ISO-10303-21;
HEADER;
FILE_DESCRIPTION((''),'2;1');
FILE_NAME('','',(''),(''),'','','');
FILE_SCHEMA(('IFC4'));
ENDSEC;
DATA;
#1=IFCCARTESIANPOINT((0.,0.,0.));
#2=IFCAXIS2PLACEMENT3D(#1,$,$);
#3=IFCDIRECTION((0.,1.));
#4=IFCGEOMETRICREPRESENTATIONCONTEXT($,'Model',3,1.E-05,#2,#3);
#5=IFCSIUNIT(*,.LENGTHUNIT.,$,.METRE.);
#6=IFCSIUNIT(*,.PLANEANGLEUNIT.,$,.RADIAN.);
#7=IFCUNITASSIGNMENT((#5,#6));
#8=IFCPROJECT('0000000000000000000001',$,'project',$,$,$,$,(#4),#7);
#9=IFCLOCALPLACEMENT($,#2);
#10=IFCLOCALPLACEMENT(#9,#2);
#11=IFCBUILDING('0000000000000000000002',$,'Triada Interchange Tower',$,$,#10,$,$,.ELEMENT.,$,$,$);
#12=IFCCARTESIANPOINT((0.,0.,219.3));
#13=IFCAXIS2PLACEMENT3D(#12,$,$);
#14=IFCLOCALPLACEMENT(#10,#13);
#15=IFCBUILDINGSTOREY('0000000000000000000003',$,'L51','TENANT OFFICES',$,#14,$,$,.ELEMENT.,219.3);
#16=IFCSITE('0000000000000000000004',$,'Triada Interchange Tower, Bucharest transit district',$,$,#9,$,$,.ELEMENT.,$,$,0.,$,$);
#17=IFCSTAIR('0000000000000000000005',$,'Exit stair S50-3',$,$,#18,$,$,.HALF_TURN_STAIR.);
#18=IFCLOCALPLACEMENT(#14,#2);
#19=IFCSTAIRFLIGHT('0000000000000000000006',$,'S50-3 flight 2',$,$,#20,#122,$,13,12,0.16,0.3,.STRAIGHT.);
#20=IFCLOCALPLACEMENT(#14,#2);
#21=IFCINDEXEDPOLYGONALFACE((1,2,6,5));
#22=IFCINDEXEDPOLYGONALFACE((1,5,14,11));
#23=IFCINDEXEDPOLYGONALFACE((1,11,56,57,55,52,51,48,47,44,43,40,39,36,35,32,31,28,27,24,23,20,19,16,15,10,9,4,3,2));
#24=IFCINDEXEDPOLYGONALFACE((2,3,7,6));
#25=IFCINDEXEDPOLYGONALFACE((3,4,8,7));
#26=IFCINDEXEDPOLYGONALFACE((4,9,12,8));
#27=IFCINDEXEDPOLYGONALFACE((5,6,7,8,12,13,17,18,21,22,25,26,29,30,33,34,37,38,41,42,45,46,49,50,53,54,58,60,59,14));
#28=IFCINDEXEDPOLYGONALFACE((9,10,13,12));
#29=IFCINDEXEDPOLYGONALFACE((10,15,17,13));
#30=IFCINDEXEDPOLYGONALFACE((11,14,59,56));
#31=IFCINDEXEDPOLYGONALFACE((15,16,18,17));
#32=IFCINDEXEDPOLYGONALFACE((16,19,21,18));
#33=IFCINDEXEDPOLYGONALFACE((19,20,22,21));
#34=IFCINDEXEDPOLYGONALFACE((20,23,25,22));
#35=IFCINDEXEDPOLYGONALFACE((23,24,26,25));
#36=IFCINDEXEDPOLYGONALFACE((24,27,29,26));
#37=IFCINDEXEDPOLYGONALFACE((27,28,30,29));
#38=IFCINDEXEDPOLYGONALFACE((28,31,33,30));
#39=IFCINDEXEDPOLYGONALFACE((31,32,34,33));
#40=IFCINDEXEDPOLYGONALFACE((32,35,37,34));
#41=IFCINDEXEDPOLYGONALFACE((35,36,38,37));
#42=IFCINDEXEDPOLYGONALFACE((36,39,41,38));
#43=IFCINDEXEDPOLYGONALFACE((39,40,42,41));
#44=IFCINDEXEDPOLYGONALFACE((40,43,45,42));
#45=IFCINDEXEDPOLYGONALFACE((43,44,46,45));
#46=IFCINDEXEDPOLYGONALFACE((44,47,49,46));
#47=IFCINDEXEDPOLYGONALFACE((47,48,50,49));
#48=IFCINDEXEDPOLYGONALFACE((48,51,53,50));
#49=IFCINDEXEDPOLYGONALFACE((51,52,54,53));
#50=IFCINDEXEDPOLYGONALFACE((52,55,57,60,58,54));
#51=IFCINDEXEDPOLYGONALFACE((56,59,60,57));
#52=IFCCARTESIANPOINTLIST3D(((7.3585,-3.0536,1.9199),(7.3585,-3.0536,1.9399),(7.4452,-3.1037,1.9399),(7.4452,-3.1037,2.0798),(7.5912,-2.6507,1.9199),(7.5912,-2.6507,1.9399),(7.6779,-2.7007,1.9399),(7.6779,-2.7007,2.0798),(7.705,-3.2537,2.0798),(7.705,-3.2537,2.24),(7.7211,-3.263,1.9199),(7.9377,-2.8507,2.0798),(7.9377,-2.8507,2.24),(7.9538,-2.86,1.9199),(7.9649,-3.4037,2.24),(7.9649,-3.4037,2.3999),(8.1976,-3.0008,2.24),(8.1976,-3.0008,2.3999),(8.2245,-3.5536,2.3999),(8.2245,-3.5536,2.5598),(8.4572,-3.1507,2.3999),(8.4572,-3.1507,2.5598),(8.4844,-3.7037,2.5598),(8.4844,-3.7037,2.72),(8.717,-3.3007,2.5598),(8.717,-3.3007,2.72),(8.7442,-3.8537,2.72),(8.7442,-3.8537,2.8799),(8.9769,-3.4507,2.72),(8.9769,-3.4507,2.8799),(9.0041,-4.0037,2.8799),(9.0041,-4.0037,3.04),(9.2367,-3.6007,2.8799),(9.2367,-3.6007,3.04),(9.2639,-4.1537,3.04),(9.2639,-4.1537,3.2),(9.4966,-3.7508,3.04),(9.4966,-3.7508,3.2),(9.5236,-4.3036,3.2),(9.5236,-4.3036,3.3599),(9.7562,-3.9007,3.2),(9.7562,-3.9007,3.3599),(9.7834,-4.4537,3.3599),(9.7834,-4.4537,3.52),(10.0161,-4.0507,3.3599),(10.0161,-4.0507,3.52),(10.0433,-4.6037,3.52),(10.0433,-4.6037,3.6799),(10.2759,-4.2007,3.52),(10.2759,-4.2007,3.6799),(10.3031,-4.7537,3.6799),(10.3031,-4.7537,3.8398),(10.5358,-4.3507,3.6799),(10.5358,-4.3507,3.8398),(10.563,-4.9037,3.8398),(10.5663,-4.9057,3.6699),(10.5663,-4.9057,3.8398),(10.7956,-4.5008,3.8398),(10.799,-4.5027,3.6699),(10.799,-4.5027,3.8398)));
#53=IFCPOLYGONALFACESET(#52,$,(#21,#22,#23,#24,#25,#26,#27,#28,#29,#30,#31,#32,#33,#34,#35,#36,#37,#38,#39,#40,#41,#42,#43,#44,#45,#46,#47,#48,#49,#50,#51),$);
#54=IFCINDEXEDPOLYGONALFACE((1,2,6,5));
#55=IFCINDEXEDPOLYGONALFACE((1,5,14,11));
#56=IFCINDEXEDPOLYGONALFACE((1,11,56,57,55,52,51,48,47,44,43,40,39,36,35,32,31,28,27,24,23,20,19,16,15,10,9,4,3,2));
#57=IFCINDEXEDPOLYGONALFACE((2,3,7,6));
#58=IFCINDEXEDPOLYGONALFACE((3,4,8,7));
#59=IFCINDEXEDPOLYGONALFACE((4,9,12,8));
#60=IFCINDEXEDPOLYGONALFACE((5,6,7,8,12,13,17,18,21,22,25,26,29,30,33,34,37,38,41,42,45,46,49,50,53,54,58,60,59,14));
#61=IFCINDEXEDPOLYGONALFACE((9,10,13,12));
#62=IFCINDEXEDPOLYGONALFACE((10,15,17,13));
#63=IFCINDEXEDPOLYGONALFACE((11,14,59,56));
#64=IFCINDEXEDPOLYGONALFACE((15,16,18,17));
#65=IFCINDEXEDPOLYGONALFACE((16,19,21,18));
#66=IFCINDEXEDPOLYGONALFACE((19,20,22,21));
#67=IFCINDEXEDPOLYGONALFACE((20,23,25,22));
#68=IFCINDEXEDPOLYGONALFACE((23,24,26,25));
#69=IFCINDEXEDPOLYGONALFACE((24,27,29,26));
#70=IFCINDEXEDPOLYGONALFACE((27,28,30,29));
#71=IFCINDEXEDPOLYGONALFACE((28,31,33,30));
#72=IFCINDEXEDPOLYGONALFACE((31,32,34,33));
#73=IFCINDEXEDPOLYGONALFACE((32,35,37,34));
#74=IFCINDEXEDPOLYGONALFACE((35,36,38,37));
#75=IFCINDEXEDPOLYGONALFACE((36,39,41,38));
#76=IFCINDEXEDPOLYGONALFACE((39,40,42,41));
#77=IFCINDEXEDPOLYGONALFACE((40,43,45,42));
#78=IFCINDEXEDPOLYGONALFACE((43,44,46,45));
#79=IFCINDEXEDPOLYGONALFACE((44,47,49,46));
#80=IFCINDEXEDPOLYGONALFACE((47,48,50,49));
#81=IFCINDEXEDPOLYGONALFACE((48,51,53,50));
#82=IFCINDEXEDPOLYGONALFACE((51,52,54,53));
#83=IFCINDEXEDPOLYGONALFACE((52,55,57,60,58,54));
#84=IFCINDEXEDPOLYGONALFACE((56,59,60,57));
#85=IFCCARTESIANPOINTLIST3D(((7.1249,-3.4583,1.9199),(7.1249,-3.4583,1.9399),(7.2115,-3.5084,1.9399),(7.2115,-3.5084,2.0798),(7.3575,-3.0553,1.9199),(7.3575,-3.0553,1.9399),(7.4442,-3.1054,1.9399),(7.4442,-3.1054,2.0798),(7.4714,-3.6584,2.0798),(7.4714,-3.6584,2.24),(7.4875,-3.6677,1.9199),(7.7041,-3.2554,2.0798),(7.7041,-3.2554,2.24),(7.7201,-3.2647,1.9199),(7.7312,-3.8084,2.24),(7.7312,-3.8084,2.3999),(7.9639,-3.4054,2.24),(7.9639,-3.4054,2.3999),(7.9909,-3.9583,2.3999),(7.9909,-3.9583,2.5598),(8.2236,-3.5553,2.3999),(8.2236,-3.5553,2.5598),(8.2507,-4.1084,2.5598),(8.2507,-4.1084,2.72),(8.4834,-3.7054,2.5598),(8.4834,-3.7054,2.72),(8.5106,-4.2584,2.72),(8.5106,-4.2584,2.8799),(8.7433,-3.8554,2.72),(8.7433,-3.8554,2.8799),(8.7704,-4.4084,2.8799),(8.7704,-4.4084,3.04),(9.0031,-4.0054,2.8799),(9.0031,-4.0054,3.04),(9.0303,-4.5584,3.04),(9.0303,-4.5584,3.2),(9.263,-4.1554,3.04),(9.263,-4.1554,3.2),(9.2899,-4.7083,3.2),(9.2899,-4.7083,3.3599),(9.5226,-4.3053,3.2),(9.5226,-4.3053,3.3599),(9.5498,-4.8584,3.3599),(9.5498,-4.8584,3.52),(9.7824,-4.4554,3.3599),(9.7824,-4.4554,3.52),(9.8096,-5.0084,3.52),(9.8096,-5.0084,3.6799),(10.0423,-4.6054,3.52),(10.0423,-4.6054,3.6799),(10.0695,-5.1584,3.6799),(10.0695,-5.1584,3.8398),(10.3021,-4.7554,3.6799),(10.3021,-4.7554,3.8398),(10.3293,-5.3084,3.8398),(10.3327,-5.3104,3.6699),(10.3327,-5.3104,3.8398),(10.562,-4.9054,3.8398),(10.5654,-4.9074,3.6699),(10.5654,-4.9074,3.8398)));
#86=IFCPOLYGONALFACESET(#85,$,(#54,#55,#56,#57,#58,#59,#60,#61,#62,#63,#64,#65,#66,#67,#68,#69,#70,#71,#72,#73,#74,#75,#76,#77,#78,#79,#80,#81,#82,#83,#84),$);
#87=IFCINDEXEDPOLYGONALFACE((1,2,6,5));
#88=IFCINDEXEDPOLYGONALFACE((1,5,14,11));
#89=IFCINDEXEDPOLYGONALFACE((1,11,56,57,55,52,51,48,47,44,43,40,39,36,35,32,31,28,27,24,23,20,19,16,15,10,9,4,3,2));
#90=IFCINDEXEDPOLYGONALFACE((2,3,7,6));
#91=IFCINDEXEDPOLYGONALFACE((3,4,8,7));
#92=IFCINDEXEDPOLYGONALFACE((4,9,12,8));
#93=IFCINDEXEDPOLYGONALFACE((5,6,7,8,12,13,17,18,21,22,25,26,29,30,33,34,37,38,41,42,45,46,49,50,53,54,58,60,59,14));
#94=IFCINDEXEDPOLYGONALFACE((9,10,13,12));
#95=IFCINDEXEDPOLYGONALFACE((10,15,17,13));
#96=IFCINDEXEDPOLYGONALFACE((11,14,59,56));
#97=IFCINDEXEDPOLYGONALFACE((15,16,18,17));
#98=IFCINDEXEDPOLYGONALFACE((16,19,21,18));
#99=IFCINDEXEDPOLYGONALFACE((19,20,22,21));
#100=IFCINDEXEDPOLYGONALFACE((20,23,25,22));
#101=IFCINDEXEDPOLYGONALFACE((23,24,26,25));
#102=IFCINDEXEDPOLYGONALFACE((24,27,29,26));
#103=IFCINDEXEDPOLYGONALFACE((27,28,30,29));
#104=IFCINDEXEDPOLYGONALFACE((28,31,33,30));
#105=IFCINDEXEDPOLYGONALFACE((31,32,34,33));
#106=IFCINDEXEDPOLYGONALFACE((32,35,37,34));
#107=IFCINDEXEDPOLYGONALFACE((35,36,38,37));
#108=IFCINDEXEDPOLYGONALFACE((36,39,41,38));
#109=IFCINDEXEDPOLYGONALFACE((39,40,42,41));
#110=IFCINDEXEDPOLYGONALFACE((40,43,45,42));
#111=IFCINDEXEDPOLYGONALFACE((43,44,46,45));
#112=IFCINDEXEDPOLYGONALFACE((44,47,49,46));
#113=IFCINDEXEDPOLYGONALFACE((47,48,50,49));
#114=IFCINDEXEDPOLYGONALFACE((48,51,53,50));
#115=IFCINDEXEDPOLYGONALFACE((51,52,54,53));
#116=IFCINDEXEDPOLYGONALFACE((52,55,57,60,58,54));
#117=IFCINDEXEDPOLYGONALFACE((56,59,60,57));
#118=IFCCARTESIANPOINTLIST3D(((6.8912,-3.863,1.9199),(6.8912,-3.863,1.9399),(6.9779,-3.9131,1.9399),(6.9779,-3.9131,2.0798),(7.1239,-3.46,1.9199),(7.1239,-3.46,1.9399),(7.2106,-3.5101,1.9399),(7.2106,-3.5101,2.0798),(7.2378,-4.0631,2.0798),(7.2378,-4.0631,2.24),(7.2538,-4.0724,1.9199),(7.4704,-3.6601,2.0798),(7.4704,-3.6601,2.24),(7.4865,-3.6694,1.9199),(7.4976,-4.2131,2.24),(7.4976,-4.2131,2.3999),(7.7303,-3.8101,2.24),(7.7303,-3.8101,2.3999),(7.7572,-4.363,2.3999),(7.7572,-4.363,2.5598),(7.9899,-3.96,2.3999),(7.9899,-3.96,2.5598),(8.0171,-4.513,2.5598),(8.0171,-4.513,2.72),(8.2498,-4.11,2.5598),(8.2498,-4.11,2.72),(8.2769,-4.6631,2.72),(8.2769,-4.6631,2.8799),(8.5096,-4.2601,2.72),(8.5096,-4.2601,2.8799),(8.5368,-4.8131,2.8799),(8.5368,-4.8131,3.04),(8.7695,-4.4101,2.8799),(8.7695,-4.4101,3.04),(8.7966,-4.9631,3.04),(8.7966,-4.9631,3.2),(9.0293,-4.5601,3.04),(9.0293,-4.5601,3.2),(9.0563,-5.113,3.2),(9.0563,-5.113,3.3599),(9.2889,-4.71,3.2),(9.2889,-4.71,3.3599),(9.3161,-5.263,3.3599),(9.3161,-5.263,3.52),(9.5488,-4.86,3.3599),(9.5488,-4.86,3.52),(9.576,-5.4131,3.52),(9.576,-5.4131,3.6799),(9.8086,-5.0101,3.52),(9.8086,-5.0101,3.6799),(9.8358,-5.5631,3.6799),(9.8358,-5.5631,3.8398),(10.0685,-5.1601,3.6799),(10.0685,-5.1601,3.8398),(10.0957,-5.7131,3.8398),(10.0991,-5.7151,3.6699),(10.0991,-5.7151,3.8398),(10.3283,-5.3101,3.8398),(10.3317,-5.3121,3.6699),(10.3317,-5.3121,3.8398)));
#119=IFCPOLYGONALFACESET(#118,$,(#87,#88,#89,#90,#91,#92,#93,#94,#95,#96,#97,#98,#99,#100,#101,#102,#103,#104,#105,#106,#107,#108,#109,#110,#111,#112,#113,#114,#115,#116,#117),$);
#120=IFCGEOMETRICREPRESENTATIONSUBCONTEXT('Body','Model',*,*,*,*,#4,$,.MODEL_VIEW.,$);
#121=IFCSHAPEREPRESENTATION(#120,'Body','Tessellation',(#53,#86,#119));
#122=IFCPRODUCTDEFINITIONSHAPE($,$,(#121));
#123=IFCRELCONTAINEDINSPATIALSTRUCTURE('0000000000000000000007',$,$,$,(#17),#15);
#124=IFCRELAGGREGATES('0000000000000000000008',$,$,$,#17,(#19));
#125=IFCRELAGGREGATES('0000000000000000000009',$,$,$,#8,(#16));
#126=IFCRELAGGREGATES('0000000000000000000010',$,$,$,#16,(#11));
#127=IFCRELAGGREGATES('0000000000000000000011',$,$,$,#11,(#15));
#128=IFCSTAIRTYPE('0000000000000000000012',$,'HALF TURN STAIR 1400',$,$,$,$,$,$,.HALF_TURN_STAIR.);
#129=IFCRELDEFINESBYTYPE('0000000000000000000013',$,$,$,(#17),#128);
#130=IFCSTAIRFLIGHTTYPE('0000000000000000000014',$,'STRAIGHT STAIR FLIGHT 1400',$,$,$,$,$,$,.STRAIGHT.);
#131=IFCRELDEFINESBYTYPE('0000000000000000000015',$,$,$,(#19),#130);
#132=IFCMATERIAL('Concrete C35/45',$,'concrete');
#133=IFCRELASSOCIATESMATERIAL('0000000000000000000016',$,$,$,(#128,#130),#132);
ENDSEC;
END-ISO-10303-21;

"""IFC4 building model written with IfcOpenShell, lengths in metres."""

from ifc_helpers import new_model, si_unit, direction, frame, origin, place, context, subcontext, project, spatial, polyline, outline, extrude, material, type_object, element, aggregate, save


model = new_model("IFC4")

# Units and contexts
model_context = context("Model", 3, precision=1e-05, world=origin(), true_north=direction((0.0, 1.0)))
body_context = subcontext(model_context, "Body", "Model", "MODEL_VIEW")
ifc_project = project(units=[si_unit("LENGTHUNIT", "METRE"), si_unit("PLANEANGLEUNIT", "RADIAN")], contexts=[model_context])

# Site, building, storey
site_placement = place(None, origin())
site = spatial("IfcSite", under=ifc_project, at=site_placement, Name="Triada Interchange Tower, Bucharest transit district", CompositionType="ELEMENT", RefElevation=0.0)
building_placement = place(site_placement, origin())
building = spatial("IfcBuilding", under=site, at=building_placement, Name="Triada Interchange Tower", CompositionType="ELEMENT")
storey_placement = place(building_placement, frame((0.0, 0.0, 219.3)))
storey = spatial("IfcBuildingStorey", under=building, at=storey_placement, Name="L51", Description="TENANT OFFICES", CompositionType="ELEMENT", Elevation=219.3)

# Stair, stair flight
ifc_material_1 = material(Name="Concrete C35/45", Category="concrete")
stair_type = type_object("IfcStairType", Name="HALF TURN STAIR 1400", PredefinedType="HALF_TURN_STAIR", material=ifc_material_1)
stair_placement = place(storey_placement, origin())
stair = element("IfcStair", 1, at=stair_placement, inside=storey, type_object=stair_type, Name="Exit stair S50-3", PredefinedType="HALF_TURN_STAIR")
stair_flight_type = type_object("IfcStairFlightType", Name="STRAIGHT STAIR FLIGHT 1400", PredefinedType="STRAIGHT", material=ifc_material_1)
stair_flight_1_placement = place(storey_placement, frame((7.3279, -3.3069, 1.9199), z_axis=(0.0, 0.0, 1.0), x_axis=(0.866025, -0.5, 0.0)))
stair_flight_1 = element("IfcStairFlight", 2, at=stair_flight_1_placement, type_object=stair_flight_type, Name="S50-3 flight 2", NumberOfRisers=13, NumberOfTreads=12, PredefinedType="STRAIGHT", RiserHeight=0.16, TreadLength=0.3, context=body_context, shape_type="SweptSolid", body=[
    extrude(outline(polyline([(-0.1001, 0.0), (-0.1001, 0.02), (0.0, 0.02), (0.0, 0.1599), (0.3, 0.1599), (0.3, 0.3201), (0.6001, 0.3201), (0.6001, 0.48), (0.8999, 0.48), (0.8999, 0.6399), (1.2, 0.6399), (1.2, 0.8), (1.5, 0.8), (1.5, 0.96), (1.8, 0.96), (1.8, 1.1201), (2.1001, 1.1201), (2.1001, 1.28), (2.3999, 1.28), (2.3999, 1.4399), (2.7, 1.4399), (2.7, 1.6001), (3.0, 1.6001), (3.0, 1.76), (3.3, 1.76), (3.3, 1.9199), (3.6001, 1.9199), (3.604, 1.9199), (3.604, 2.0801), (3.604, 1.75), (0.3186, 0.0), (-0.1001, 0.0)])), frame((0.0, 0.7, 0.0), z_axis=(0.0, -1.0, 0.0), x_axis=(1.0, 0.0, 0.0)), (0.0, 0.0, 1.0), 0.4653),
    extrude(outline(polyline([(-0.1001, 0.0), (-0.1001, 0.02), (0.0, 0.02), (0.0, 0.1599), (0.3, 0.1599), (0.3, 0.3201), (0.6001, 0.3201), (0.6001, 0.48), (0.8999, 0.48), (0.8999, 0.6399), (1.2, 0.6399), (1.2, 0.8), (1.5, 0.8), (1.5, 0.96), (1.8, 0.96), (1.8, 1.1201), (2.1001, 1.1201), (2.1001, 1.28), (2.3999, 1.28), (2.3999, 1.4399), (2.7, 1.4399), (2.7, 1.6001), (3.0, 1.6001), (3.0, 1.76), (3.3, 1.76), (3.3, 1.9199), (3.6001, 1.9199), (3.604, 1.9199), (3.604, 2.0801), (3.604, 1.75), (0.3186, 0.0), (-0.1001, 0.0)])), frame((0.0, 0.2327, 0.0), z_axis=(0.0, -1.0, 0.0), x_axis=(1.0, 0.0, 0.0)), (0.0, 0.0, 1.0), 0.4653),
    extrude(outline(polyline([(-0.1001, 0.0), (-0.1001, 0.02), (0.0, 0.02), (0.0, 0.1599), (0.3, 0.1599), (0.3, 0.3201), (0.6001, 0.3201), (0.6001, 0.48), (0.8999, 0.48), (0.8999, 0.6399), (1.2, 0.6399), (1.2, 0.8), (1.5, 0.8), (1.5, 0.96), (1.8, 0.96), (1.8, 1.1201), (2.1001, 1.1201), (2.1001, 1.28), (2.3999, 1.28), (2.3999, 1.4399), (2.7, 1.4399), (2.7, 1.6001), (3.0, 1.6001), (3.0, 1.76), (3.3, 1.76), (3.3, 1.9199), (3.6001, 1.9199), (3.604, 1.9199), (3.604, 2.0801), (3.604, 1.75), (0.3186, 0.0), (-0.1001, 0.0)])), frame((0.0, -0.2346, 0.0), z_axis=(0.0, -1.0, 0.0), x_axis=(1.0, 0.0, 0.0)), (0.0, 0.0, 1.0), 0.4653),
])
aggregate(stair, [stair_flight_1])

save(model, "model.ifc")
